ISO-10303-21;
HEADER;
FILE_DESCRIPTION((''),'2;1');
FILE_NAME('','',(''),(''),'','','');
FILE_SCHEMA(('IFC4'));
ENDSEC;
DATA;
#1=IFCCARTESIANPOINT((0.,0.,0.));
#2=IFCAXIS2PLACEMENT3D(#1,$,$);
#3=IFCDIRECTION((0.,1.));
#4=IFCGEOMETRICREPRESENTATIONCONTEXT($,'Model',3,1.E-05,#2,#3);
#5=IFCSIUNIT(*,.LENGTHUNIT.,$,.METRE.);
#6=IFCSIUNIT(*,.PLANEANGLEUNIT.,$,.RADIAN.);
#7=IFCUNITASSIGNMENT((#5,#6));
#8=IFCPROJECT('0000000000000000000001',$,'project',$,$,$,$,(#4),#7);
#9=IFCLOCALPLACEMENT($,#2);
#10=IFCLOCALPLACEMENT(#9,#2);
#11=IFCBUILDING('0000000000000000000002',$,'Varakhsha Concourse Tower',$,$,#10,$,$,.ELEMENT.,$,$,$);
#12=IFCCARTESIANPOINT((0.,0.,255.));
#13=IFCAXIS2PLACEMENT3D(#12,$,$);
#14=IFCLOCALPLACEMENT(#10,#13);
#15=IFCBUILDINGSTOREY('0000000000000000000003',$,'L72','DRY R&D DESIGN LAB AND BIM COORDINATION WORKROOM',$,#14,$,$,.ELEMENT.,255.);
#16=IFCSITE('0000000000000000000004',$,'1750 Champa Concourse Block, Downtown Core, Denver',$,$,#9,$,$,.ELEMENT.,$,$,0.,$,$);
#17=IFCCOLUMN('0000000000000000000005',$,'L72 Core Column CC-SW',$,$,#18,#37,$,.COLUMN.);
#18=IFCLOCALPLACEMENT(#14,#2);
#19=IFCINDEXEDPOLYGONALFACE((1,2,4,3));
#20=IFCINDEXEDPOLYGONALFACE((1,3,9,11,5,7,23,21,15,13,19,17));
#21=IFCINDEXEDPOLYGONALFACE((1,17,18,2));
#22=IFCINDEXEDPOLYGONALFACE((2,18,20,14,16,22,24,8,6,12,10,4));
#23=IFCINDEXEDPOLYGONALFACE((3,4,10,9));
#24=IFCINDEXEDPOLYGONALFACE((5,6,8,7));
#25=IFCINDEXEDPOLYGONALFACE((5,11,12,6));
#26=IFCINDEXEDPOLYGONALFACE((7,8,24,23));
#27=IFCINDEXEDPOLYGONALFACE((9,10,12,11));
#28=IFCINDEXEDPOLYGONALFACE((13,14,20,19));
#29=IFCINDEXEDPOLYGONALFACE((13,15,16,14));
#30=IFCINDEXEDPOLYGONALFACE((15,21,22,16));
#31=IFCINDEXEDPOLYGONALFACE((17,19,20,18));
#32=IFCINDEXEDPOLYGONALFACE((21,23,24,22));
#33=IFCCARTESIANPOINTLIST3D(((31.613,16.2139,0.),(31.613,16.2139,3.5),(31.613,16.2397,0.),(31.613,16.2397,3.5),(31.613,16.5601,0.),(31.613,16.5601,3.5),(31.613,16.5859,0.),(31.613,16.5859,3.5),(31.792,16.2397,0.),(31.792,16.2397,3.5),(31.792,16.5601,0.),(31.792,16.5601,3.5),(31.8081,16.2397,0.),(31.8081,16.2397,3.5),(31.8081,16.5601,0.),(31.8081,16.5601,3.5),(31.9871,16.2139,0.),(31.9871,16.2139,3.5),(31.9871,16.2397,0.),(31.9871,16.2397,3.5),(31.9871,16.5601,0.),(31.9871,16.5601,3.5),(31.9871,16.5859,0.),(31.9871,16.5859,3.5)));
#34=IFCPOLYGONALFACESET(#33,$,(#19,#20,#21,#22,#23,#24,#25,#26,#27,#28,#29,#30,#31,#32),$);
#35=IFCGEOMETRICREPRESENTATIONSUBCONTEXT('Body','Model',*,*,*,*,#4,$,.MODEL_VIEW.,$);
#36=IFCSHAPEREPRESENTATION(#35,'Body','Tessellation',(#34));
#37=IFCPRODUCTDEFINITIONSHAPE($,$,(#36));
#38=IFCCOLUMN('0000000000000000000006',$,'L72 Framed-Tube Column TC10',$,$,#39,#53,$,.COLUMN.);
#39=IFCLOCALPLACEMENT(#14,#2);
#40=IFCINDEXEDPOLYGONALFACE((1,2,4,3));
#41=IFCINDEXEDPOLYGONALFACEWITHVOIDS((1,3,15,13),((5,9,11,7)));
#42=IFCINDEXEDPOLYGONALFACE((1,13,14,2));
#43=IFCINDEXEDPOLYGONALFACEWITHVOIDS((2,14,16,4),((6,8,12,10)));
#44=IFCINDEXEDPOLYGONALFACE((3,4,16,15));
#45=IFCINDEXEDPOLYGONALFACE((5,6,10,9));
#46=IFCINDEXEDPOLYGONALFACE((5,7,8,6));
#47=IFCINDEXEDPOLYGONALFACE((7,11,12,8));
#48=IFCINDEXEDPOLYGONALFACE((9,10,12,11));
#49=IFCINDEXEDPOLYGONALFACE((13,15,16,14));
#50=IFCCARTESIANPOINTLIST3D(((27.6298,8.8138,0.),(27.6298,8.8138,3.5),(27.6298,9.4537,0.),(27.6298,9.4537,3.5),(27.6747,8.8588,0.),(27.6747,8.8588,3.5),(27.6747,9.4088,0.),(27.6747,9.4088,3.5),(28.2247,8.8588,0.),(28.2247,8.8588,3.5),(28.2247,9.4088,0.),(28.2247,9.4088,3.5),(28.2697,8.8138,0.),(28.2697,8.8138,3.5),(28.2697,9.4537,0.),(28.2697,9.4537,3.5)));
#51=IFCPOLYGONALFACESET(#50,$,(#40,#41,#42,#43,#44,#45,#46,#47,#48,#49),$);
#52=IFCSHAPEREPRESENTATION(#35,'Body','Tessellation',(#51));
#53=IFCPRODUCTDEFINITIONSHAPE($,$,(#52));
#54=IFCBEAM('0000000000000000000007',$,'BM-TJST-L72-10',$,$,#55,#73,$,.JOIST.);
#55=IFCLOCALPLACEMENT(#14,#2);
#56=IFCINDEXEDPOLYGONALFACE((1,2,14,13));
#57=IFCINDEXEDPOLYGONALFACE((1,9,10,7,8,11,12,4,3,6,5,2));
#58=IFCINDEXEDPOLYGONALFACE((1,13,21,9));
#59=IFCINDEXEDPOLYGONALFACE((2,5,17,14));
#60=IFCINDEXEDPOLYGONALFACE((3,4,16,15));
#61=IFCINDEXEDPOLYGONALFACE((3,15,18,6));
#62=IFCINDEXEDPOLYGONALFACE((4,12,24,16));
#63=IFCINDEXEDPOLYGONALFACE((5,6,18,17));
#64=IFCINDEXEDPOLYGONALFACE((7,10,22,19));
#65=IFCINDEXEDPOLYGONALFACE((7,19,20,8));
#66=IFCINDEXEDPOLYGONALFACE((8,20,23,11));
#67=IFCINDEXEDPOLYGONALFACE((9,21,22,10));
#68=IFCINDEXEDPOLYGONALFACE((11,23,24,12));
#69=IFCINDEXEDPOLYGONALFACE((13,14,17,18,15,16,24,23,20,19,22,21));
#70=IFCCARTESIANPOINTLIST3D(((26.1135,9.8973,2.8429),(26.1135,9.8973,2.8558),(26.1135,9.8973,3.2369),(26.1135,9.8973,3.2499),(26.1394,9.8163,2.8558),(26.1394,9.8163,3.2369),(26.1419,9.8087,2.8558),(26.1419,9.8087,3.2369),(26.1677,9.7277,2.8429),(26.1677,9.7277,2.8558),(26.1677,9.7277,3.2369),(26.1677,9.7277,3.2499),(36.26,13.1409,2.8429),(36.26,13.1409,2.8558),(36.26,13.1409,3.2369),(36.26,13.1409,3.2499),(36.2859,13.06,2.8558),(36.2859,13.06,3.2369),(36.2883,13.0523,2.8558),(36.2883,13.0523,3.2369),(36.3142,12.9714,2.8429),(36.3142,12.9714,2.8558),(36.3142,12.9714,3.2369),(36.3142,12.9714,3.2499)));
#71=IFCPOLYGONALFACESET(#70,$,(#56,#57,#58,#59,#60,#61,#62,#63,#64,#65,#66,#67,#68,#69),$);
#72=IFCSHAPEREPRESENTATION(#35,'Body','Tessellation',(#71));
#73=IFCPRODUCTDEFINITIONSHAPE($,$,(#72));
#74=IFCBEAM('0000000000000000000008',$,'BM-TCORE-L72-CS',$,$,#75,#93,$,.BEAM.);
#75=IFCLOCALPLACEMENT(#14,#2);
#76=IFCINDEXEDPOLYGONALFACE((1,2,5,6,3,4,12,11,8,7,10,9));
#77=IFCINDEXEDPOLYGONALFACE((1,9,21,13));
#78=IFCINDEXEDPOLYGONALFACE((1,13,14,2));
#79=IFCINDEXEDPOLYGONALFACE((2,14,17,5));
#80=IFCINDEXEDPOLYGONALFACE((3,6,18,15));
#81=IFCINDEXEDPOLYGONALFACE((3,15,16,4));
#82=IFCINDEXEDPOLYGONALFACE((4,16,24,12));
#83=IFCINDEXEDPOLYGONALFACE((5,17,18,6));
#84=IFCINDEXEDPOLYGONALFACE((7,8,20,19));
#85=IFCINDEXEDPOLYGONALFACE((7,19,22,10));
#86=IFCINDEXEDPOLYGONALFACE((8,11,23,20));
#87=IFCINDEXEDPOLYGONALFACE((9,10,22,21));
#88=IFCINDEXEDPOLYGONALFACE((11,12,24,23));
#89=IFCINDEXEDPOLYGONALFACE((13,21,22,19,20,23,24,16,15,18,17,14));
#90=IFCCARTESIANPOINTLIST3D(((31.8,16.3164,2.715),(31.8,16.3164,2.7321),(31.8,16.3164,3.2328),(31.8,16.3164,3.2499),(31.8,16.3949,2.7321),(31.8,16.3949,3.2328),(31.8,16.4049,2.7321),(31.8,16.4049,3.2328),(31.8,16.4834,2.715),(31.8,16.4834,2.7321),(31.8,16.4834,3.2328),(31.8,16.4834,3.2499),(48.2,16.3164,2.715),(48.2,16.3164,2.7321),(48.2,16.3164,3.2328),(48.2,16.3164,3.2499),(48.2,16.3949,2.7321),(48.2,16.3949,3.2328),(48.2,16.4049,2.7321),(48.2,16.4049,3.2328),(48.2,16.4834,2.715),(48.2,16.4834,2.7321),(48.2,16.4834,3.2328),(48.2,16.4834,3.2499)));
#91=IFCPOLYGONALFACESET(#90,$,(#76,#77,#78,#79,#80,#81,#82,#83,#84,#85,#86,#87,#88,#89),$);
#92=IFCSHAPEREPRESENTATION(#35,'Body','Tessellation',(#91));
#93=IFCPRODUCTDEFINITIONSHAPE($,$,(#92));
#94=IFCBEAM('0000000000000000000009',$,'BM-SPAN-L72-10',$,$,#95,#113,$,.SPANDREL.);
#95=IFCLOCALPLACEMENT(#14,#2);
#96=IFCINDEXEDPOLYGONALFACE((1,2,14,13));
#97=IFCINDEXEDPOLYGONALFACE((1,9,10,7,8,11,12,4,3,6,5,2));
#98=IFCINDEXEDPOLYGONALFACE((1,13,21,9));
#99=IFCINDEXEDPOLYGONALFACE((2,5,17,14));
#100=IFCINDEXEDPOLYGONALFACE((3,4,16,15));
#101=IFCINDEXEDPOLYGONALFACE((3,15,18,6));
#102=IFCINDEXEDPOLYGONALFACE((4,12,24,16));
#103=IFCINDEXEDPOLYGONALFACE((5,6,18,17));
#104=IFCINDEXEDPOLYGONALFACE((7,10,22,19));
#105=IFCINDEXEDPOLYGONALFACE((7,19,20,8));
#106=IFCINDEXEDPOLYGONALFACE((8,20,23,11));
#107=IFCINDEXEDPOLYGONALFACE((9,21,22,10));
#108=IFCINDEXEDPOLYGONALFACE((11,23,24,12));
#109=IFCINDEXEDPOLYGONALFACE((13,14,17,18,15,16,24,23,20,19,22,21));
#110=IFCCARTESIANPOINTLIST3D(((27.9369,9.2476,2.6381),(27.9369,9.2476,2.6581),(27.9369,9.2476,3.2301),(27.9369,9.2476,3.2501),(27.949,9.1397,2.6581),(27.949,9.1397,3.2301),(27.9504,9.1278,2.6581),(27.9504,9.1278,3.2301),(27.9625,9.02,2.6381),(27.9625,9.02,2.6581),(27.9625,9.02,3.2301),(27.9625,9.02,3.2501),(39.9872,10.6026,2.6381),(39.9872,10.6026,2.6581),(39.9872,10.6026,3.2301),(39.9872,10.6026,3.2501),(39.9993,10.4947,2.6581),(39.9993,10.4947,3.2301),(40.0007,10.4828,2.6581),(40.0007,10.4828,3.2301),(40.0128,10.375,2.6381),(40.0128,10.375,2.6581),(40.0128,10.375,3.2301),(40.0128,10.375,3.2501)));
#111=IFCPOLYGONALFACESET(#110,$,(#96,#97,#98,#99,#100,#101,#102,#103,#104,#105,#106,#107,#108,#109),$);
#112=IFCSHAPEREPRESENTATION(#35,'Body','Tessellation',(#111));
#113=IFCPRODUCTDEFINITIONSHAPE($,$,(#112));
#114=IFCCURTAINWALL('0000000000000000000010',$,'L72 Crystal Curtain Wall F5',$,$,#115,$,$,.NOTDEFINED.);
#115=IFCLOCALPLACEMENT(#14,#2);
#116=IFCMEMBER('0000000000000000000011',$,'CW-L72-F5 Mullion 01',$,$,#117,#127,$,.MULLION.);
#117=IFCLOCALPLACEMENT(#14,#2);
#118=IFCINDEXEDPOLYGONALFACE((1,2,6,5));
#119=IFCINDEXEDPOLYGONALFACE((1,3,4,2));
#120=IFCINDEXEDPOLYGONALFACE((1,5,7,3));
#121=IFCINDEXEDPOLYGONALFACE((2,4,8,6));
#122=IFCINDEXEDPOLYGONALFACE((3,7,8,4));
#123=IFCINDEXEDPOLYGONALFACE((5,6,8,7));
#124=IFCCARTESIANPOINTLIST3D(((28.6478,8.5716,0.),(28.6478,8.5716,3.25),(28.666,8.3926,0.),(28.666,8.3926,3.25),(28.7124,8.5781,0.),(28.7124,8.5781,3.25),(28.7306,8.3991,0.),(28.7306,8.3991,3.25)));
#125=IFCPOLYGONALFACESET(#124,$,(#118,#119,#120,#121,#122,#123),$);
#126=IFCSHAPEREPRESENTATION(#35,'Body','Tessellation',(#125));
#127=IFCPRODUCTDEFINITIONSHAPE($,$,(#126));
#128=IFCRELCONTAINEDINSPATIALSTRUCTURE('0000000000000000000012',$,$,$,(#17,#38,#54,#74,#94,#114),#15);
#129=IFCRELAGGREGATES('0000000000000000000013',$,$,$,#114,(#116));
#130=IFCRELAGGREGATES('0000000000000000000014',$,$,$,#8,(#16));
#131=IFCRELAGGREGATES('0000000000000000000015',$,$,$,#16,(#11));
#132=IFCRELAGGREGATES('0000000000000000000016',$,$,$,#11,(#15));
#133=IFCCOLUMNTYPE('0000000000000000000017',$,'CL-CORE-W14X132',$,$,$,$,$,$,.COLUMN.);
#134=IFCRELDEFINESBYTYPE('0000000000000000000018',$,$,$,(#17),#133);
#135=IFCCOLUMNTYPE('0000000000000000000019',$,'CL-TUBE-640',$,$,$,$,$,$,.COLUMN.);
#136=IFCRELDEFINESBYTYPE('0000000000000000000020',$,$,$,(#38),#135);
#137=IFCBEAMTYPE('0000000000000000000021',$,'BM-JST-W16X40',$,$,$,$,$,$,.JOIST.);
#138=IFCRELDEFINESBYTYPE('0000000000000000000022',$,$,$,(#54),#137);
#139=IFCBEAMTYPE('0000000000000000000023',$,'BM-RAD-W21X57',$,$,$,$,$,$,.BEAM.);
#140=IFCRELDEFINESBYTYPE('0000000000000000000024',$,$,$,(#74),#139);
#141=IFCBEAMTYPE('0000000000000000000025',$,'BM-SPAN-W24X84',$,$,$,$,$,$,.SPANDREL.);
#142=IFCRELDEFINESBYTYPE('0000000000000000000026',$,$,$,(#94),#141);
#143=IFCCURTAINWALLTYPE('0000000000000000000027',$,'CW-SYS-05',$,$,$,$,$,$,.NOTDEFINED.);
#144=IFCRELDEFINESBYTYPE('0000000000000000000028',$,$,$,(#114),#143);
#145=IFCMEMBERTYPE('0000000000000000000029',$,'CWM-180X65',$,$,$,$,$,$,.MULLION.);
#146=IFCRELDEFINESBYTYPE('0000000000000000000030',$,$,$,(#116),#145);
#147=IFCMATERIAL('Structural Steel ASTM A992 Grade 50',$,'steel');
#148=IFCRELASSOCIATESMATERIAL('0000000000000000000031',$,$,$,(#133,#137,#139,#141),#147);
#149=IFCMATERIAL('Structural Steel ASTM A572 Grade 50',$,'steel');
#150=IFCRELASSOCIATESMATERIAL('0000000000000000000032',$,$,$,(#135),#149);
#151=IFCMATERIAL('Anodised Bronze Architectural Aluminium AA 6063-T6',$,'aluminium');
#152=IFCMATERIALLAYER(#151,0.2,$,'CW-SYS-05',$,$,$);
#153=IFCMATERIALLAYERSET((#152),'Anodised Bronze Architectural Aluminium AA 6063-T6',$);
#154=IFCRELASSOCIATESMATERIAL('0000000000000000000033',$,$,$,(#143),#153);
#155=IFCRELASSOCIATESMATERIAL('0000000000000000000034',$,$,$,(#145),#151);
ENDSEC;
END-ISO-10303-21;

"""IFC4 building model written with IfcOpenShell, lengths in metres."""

from ifc_helpers import new_model, si_unit, direction, frame, origin, origin_2d, place, context, subcontext, project, spatial, rectangle, hollow_rectangle, i_section, extrude, source, transform, mapped, material, layer, layer_set, material_profile, profile_set, type_object, type_shapes, element, aggregate, save


model = new_model("IFC4")

# Units and contexts
model_context = context("Model", 3, precision=1e-05, world=origin(), true_north=direction((0.0, 1.0)))
body_context = subcontext(model_context, "Body", "Model", "MODEL_VIEW")
ifc_project = project(units=[si_unit("LENGTHUNIT", "METRE"), si_unit("PLANEANGLEUNIT", "RADIAN")], contexts=[model_context])

# Site, building, storey
site_placement = place(None, origin())
site = spatial("IfcSite", under=ifc_project, at=site_placement, Name="1750 Champa Concourse Block, Downtown Core, Denver", CompositionType="ELEMENT", RefElevation=0.0)
building_placement = place(site_placement, origin())
building = spatial("IfcBuilding", under=site, at=building_placement, Name="Varakhsha Concourse Tower", CompositionType="ELEMENT")
storey_placement = place(building_placement, frame((0.0, 0.0, 255.0)))
storey = spatial("IfcBuildingStorey", under=building, at=storey_placement, Name="L72", Description="DRY R&D DESIGN LAB AND BIM COORDINATION WORKROOM", CompositionType="ELEMENT", Elevation=255.0)

# Columns
ifc_material_1 = material(Name="Structural Steel ASTM A992 Grade 50", Category="steel")
ifc_material_profile_1 = material_profile(ifc_material_1, i_section(OverallWidth=0.374, OverallDepth=0.3721, WebThickness=0.0161, FlangeThickness=0.0259, at=origin_2d()), Name="W14X132")
ifc_profile_set_1 = profile_set([ifc_material_profile_1], Name="Structural Steel ASTM A992 Grade 50")
column_type_1 = type_object("IfcColumnType", Name="CL-CORE-W14X132", PredefinedType="COLUMN", material=ifc_profile_set_1)
column_1_placement = place(storey_placement, frame((31.8, 16.3999, 0.0), z_axis=(0.0, 0.0, 1.0), x_axis=(1.0, 0.0, 0.0)))
element("IfcColumn", 1, at=column_1_placement, inside=storey, type_object=column_type_1, Name="L72 Core Column CC-SW", PredefinedType="COLUMN", context=body_context, shape_type="SweptSolid", body=[
    extrude(i_section(OverallWidth=0.374, OverallDepth=0.3721, WebThickness=0.0161, FlangeThickness=0.0259, at=origin_2d()), origin(), (0.0, 0.0, 1.0), 3.5),
])
ifc_material_2 = material(Name="Structural Steel ASTM A572 Grade 50", Category="steel")
ifc_material_profile_2 = material_profile(ifc_material_2, hollow_rectangle(XDim=0.6399, YDim=0.6399, WallThickness=0.0449, at=origin_2d()), Name="BOX 640x640x45")
ifc_profile_set_2 = profile_set([ifc_material_profile_2], Name="Structural Steel ASTM A572 Grade 50")
column_type_2 = type_object("IfcColumnType", Name="CL-TUBE-640", PredefinedType="COLUMN", material=ifc_profile_set_2)
column_2_placement = place(storey_placement, frame((27.9497, 9.1338, 0.0), z_axis=(0.0, 0.0, 1.0), x_axis=(1.0, 0.0, 0.0)))
element("IfcColumn", 2, at=column_2_placement, inside=storey, type_object=column_type_2, Name="L72 Framed-Tube Column TC10", PredefinedType="COLUMN", context=body_context, shape_type="SweptSolid", body=[
    extrude(hollow_rectangle(XDim=0.6399, YDim=0.6399, WallThickness=0.0449, at=origin_2d()), origin(), (0.0, 0.0, 1.0), 3.5),
])

# Beams
ifc_material_profile_3 = material_profile(ifc_material_1, i_section(OverallWidth=0.178, OverallDepth=0.407, WebThickness=0.0081, FlangeThickness=0.0129, at=origin_2d()), Name="W16X40")
ifc_profile_set_3 = profile_set([ifc_material_profile_3], Name="Structural Steel ASTM A992 Grade 50")
beam_type_1 = type_object("IfcBeamType", Name="BM-JST-W16X40", PredefinedType="JOIST", material=ifc_profile_set_3)
beam_1_placement = place(storey_placement, frame((26.1406, 9.8125, 3.0464), z_axis=(0.952512, 0.304501, 0.0), x_axis=(-0.304501, 0.952512, 0.0)))
element("IfcBeam", 3, at=beam_1_placement, inside=storey, type_object=beam_type_1, Name="BM-TJST-L72-10", PredefinedType="JOIST", context=body_context, shape_type="SweptSolid", body=[
    extrude(i_section(OverallWidth=0.178, OverallDepth=0.407, WebThickness=0.0081, FlangeThickness=0.0129, at=origin_2d()), origin(), (0.0, 0.0, 1.0), 10.6523),
])
ifc_material_profile_4 = material_profile(ifc_material_1, i_section(OverallWidth=0.167, OverallDepth=0.5349, WebThickness=0.01, FlangeThickness=0.0171, at=origin_2d()), Name="W21X57")
ifc_profile_set_4 = profile_set([ifc_material_profile_4], Name="Structural Steel ASTM A992 Grade 50")
beam_type_2 = type_object("IfcBeamType", Name="BM-RAD-W21X57", PredefinedType="BEAM", material=ifc_profile_set_4)
beam_2_placement = place(storey_placement, frame((31.8, 16.3999, 2.9824), z_axis=(1.0, 0.0, 0.0), x_axis=(0.0, 1.0, 0.0)))
element("IfcBeam", 4, at=beam_2_placement, inside=storey, type_object=beam_type_2, Name="BM-TCORE-L72-CS", PredefinedType="BEAM", context=body_context, shape_type="SweptSolid", body=[
    extrude(i_section(OverallWidth=0.167, OverallDepth=0.5349, WebThickness=0.01, FlangeThickness=0.0171, at=origin_2d()), origin(), (0.0, 0.0, 1.0), 16.3999),
])
ifc_material_profile_5 = material_profile(ifc_material_1, i_section(OverallWidth=0.229, OverallDepth=0.6121, WebThickness=0.012, FlangeThickness=0.02, at=origin_2d()), Name="W24X84")
ifc_profile_set_5 = profile_set([ifc_material_profile_5], Name="Structural Steel ASTM A992 Grade 50")
beam_type_3 = type_object("IfcBeamType", Name="BM-SPAN-W24X84", PredefinedType="SPANDREL", material=ifc_profile_set_5)
beam_3_placement = place(storey_placement, frame((27.9497, 9.1338, 2.9441), z_axis=(0.993738, 0.11174, 0.0), x_axis=(-0.11174, 0.993738, 0.0)))
element("IfcBeam", 5, at=beam_3_placement, inside=storey, type_object=beam_type_3, Name="BM-SPAN-L72-10", PredefinedType="SPANDREL", context=body_context, shape_type="SweptSolid", body=[
    extrude(i_section(OverallWidth=0.229, OverallDepth=0.6121, WebThickness=0.012, FlangeThickness=0.02, at=origin_2d()), origin(), (0.0, 0.0, 1.0), 12.1262),
])

# Curtain wall, member
ifc_material_3 = material(Name="Anodised Bronze Architectural Aluminium AA 6063-T6", Category="aluminium")
ifc_layer_1 = layer(ifc_material_3, 0.2, Name="CW-SYS-05")
ifc_layer_set_1 = layer_set([ifc_layer_1], Name="Anodised Bronze Architectural Aluminium AA 6063-T6")
curtain_wall_type = type_object("IfcCurtainWallType", Name="CW-SYS-05", PredefinedType="NOTDEFINED", material=ifc_layer_set_1)
curtain_wall_placement = place(storey_placement, origin())
curtain_wall = element("IfcCurtainWall", 6, at=curtain_wall_placement, inside=storey, type_object=curtain_wall_type, Name="L72 Crystal Curtain Wall F5", PredefinedType="NOTDEFINED")
ifc_material_profile_6 = material_profile(ifc_material_3, rectangle(XDim=0.0649, YDim=0.1799, at=origin_2d()), Name="CWM-180X65")
ifc_profile_set_6 = profile_set([ifc_material_profile_6], Name="Anodised Bronze Architectural Aluminium AA 6063-T6")
member_type = type_object("IfcMemberType", Name="CWM-180X65", PredefinedType="MULLION", material=ifc_profile_set_6)
shared_shape = source(origin(), body_context, "Body", "SweptSolid", [
    extrude(rectangle(XDim=0.0649, YDim=0.1799, at=origin_2d()), origin(), (0.0, 0.0, 1.0), 3.25),
])
type_shapes(member_type, [shared_shape])
member_placement = place(storey_placement, frame((28.6892, 8.4854, 0.0), z_axis=(0.0, 0.0, 1.0), x_axis=(-0.994852, -0.101336, 0.0)))
member = element("IfcMember", 7, at=member_placement, type_object=member_type, Name="CW-L72-F5 Mullion 01", PredefinedType="MULLION", context=body_context, shape_type="MappedRepresentation", body=[
    mapped(shared_shape, transform((0.0, 0.0, 0.0), scale=1.0)),
])
aggregate(curtain_wall, [member])

save(model, "model.ifc")
